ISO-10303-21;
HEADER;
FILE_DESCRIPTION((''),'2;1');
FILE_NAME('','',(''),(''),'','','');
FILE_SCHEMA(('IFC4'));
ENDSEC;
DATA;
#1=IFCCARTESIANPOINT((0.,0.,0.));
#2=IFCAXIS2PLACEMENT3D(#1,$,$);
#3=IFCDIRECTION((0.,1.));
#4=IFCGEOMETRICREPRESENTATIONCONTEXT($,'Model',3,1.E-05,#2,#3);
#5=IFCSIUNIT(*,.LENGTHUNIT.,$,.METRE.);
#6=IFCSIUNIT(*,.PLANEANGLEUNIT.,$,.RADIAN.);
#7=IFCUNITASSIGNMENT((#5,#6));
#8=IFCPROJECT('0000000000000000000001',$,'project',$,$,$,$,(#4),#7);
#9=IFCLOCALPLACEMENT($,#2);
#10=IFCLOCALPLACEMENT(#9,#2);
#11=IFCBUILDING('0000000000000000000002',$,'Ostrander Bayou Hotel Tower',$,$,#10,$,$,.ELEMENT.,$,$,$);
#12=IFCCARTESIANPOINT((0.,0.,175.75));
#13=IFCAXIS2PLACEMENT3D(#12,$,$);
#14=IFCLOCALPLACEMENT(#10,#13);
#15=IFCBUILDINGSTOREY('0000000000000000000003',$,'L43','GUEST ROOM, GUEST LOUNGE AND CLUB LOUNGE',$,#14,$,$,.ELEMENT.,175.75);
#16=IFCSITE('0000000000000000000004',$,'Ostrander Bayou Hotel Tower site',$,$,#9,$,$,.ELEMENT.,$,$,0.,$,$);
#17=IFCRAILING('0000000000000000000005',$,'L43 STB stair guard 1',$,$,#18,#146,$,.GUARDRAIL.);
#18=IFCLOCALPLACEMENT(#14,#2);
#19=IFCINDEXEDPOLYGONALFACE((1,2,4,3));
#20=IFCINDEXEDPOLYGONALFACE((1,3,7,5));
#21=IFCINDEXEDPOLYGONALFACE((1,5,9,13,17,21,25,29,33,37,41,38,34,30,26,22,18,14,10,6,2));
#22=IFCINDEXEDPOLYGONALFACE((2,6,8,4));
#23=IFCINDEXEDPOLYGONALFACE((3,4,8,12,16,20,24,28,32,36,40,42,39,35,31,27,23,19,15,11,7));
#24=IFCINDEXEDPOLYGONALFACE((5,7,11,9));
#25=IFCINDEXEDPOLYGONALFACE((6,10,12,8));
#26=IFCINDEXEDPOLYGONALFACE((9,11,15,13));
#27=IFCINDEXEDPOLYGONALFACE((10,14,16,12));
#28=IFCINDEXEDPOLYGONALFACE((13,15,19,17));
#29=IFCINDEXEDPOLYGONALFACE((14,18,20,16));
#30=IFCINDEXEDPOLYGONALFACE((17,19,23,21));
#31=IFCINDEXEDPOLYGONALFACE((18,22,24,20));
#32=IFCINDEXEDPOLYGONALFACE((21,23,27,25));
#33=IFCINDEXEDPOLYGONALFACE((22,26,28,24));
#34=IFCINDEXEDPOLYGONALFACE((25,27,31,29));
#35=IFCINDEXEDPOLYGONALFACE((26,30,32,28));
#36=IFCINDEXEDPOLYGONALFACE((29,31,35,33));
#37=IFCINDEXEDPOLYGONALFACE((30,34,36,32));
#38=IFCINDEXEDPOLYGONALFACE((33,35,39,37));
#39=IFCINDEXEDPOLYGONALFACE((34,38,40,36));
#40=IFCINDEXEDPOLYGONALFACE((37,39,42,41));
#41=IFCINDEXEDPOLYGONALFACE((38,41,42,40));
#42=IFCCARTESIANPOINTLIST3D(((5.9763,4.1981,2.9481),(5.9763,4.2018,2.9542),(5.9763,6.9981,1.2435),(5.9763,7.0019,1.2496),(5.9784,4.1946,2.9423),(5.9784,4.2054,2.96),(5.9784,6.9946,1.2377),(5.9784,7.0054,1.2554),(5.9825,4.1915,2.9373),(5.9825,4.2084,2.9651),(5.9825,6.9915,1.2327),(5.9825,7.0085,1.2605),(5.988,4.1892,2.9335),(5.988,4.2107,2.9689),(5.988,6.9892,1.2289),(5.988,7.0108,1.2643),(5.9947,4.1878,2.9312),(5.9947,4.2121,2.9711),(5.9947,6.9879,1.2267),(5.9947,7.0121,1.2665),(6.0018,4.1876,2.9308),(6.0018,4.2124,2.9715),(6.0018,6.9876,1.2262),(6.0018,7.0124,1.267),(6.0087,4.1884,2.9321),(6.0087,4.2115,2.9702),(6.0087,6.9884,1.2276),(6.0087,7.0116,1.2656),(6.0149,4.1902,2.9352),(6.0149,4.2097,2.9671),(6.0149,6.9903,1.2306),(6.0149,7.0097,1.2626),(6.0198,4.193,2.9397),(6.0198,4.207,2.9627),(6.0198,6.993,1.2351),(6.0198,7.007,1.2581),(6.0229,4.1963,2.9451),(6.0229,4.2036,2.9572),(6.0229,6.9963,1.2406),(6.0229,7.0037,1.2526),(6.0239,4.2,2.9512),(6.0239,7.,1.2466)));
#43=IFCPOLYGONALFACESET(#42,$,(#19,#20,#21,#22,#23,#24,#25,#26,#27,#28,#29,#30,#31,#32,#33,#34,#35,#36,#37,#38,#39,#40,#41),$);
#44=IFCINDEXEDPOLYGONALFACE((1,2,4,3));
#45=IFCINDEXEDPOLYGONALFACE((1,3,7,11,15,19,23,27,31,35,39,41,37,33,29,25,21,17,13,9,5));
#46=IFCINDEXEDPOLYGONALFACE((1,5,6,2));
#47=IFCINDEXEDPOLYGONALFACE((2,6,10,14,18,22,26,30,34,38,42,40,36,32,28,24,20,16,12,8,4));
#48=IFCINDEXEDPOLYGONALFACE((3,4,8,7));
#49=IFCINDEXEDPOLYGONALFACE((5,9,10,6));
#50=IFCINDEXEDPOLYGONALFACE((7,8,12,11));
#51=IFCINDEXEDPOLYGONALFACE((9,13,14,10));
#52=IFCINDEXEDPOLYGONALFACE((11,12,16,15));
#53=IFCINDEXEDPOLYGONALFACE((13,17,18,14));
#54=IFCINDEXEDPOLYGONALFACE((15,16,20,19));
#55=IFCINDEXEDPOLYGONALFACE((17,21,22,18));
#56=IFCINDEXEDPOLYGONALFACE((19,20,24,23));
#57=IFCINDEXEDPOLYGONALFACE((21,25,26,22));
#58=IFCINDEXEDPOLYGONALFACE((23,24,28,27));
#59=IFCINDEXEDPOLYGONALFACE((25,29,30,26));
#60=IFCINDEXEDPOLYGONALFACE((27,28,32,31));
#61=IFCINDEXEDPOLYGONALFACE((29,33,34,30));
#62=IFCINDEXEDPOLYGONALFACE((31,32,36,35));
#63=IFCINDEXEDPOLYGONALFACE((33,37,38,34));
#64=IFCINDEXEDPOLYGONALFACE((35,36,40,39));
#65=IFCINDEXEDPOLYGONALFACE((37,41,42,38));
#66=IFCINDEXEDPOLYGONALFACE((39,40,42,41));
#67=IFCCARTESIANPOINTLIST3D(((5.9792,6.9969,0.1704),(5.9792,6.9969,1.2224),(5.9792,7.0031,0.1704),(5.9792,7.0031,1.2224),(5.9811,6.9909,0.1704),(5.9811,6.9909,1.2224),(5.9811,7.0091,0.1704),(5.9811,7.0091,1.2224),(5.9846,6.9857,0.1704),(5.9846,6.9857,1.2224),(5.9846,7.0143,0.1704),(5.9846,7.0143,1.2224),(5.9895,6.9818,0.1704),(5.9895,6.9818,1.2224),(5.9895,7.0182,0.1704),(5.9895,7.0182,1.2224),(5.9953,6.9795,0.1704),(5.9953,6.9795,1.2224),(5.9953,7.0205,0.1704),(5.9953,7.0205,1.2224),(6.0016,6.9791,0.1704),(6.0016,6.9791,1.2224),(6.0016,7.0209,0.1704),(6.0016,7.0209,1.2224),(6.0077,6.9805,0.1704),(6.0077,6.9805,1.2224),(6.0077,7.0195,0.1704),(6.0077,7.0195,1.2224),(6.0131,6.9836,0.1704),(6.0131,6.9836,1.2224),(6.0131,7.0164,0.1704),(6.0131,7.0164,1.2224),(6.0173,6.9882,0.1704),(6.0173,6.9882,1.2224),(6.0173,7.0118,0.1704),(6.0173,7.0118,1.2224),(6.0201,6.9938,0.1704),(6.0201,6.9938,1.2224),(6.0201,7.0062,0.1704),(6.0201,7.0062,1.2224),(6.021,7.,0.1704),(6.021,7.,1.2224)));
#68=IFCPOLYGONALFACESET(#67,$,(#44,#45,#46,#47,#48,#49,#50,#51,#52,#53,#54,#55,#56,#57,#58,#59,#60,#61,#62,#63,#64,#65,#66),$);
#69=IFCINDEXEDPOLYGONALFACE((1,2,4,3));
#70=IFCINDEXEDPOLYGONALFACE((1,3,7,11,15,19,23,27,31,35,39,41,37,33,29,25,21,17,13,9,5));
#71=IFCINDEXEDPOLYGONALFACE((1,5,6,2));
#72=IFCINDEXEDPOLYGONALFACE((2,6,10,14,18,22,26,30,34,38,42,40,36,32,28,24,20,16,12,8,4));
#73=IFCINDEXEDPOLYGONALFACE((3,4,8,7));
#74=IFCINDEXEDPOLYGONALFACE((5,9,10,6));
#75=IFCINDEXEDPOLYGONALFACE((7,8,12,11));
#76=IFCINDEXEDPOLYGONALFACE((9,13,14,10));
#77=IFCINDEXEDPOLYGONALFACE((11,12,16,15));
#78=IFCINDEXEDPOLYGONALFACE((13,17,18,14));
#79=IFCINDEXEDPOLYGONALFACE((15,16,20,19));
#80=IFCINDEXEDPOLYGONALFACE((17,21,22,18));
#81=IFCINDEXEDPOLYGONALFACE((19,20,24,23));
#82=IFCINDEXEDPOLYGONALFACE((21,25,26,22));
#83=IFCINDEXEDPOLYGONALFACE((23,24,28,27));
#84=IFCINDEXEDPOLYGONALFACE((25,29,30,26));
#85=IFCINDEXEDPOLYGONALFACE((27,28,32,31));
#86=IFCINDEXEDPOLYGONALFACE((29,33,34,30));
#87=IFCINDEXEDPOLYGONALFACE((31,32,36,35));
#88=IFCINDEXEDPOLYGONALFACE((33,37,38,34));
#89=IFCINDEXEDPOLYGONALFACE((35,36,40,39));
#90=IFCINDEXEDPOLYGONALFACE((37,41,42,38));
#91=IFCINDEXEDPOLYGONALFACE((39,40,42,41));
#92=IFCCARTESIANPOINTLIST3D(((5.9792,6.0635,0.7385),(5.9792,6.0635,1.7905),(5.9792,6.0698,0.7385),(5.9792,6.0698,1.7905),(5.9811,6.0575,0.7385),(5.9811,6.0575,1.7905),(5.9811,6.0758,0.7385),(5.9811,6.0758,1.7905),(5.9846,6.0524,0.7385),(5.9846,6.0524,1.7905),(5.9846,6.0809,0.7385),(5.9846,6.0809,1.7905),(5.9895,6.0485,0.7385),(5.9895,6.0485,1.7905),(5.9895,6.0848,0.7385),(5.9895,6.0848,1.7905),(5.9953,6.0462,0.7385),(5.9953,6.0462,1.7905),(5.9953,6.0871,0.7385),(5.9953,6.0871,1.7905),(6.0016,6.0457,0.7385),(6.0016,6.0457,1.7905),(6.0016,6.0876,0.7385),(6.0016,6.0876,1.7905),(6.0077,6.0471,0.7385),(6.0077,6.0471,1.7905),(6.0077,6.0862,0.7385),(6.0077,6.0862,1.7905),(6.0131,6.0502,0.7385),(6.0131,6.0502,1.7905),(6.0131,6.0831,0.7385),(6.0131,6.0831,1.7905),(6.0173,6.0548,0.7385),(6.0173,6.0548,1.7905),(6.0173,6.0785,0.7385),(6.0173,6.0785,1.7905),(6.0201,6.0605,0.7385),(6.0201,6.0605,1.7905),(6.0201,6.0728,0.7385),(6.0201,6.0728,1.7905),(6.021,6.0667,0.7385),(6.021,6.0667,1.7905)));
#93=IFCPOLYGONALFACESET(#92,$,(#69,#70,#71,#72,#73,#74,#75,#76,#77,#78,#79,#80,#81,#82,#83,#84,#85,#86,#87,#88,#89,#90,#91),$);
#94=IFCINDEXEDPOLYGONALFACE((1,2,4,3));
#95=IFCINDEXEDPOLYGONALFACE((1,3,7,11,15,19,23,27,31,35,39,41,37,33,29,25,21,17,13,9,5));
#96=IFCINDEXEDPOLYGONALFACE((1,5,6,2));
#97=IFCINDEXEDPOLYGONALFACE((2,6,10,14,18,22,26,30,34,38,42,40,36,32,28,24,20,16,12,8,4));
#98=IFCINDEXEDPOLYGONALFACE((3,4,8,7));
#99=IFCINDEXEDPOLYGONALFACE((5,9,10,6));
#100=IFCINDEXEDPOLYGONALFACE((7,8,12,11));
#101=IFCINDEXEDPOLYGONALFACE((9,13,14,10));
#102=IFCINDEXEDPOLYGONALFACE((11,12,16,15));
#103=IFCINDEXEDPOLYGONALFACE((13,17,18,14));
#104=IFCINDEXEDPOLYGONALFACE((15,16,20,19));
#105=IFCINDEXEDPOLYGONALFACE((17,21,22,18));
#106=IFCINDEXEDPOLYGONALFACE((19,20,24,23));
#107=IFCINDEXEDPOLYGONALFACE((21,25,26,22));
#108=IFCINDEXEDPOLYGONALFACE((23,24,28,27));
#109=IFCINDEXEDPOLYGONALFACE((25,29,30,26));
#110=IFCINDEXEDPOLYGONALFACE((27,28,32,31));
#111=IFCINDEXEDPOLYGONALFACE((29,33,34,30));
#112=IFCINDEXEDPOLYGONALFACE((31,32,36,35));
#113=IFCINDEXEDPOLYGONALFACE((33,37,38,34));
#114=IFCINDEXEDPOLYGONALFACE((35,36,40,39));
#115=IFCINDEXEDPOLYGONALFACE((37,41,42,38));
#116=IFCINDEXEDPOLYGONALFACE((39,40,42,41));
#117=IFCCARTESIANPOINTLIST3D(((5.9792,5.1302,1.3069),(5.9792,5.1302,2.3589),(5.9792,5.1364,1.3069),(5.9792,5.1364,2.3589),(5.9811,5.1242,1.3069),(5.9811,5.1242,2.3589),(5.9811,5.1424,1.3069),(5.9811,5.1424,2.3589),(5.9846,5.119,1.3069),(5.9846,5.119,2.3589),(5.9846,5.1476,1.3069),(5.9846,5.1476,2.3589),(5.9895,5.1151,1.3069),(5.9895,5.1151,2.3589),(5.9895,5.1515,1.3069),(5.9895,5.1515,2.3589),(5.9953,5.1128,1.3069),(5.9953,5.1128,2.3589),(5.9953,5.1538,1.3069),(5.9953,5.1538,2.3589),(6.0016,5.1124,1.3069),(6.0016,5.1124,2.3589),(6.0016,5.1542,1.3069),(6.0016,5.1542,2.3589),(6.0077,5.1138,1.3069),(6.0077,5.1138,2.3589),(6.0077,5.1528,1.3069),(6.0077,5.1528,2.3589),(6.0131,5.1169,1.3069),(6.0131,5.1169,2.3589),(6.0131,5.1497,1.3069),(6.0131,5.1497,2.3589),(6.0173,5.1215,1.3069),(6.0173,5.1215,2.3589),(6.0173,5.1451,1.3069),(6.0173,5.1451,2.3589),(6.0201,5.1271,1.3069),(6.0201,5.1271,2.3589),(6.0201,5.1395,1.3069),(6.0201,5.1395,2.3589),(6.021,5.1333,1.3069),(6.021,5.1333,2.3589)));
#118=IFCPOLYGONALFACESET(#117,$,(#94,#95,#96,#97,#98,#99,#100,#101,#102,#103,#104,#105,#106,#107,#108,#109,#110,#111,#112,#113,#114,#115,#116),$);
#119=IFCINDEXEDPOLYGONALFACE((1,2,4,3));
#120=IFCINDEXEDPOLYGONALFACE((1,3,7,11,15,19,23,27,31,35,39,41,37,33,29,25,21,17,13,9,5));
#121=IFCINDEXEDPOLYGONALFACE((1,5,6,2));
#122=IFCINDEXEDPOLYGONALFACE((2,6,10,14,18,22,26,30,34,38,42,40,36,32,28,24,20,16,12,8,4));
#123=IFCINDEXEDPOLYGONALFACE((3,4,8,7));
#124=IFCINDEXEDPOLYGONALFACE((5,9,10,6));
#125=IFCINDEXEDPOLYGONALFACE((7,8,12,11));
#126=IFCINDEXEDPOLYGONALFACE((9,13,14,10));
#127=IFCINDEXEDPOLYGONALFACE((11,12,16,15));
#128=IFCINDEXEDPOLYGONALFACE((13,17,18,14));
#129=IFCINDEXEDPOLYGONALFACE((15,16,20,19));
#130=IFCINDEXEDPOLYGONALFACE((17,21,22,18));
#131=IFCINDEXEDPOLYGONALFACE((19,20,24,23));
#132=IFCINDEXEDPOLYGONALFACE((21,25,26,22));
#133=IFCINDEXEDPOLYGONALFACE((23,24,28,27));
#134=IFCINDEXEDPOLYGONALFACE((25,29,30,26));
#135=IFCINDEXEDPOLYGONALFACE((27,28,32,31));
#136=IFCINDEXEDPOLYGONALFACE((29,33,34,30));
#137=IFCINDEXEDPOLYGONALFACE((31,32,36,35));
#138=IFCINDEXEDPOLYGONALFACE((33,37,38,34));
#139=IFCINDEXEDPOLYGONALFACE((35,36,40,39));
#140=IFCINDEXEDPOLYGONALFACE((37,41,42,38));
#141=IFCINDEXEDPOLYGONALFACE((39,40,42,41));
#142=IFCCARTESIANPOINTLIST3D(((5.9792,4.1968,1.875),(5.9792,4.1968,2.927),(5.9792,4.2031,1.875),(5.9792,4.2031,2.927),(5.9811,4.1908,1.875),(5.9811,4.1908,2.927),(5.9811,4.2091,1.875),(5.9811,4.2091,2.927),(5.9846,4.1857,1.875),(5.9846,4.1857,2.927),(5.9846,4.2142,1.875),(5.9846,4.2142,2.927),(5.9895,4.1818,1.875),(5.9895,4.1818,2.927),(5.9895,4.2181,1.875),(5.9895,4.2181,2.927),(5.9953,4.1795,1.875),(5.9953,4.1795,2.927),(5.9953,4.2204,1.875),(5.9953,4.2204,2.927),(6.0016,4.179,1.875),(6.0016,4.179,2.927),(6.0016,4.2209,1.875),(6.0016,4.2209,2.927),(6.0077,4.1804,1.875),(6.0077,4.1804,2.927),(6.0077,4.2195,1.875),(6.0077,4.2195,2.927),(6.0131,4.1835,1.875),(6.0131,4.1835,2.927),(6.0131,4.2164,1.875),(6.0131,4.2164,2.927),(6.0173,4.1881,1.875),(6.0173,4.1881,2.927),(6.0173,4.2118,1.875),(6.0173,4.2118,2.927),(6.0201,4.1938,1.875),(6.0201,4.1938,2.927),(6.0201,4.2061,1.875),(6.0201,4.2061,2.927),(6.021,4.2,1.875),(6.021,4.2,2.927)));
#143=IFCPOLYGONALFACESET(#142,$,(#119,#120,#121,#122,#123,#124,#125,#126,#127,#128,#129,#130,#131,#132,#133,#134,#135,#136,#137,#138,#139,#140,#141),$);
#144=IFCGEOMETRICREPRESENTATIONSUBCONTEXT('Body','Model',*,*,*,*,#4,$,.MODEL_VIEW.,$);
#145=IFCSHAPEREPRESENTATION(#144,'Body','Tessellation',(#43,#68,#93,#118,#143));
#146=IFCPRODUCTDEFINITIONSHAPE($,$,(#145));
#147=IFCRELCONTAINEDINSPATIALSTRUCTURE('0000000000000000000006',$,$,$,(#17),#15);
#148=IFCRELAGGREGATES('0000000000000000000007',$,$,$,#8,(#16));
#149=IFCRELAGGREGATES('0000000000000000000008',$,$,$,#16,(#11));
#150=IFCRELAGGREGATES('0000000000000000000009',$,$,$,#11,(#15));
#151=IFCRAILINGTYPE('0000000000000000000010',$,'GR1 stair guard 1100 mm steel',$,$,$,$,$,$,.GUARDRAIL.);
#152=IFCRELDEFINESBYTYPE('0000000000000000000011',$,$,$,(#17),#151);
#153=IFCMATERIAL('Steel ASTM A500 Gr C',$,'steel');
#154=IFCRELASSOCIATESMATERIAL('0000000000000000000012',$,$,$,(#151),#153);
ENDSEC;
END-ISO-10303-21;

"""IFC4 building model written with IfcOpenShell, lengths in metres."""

from ifc_helpers import new_model, si_unit, direction, frame, origin, origin_2d, place, context, subcontext, project, spatial, circle, extrude, material, type_object, element, save


model = new_model("IFC4")

# Units and contexts
model_context = context("Model", 3, precision=1e-05, world=origin(), true_north=direction((0.0, 1.0)))
body_context = subcontext(model_context, "Body", "Model", "MODEL_VIEW")
ifc_project = project(units=[si_unit("LENGTHUNIT", "METRE"), si_unit("PLANEANGLEUNIT", "RADIAN")], contexts=[model_context])

# Site, building, storey
site_placement = place(None, origin())
site = spatial("IfcSite", under=ifc_project, at=site_placement, Name="Ostrander Bayou Hotel Tower site", CompositionType="ELEMENT", RefElevation=0.0)
building_placement = place(site_placement, origin())
building = spatial("IfcBuilding", under=site, at=building_placement, Name="Ostrander Bayou Hotel Tower", CompositionType="ELEMENT")
storey_placement = place(building_placement, frame((0.0, 0.0, 175.75)))
storey = spatial("IfcBuildingStorey", under=building, at=storey_placement, Name="L43", Description="GUEST ROOM, GUEST LOUNGE AND CLUB LOUNGE", CompositionType="ELEMENT", Elevation=175.75)

# Railing
ifc_material_1 = material(Name="Steel ASTM A500 Gr C", Category="steel")
railing_type_1 = type_object("IfcRailingType", Name="GR1 stair guard 1100 mm steel", PredefinedType="GUARDRAIL", material=ifc_material_1)
railing_1_placement = place(storey_placement, frame((6.0, 7.0, 0.1704)))
element("IfcRailing", 1, at=railing_1_placement, inside=storey, type_object=railing_type_1, Name="L43 STB stair guard 1", PredefinedType="GUARDRAIL", context=body_context, shape_type="SweptSolid", body=[
    extrude(circle(Radius=0.0239, at=origin_2d()), frame((0.0, 0.0, 1.0762), z_axis=(0.0, -0.85417, 0.519994), x_axis=(1.0, 0.0, 0.0)), (0.0, 0.0, 1.0), 3.2781),
    extrude(circle(Radius=0.021, at=origin_2d()), origin(), (0.0, 0.0, 1.0), 1.052),
    extrude(circle(Radius=0.021, at=origin_2d()), frame((0.0, -0.9333, 0.5681)), (0.0, 0.0, 1.0), 1.052),
    extrude(circle(Radius=0.021, at=origin_2d()), frame((0.0, -1.8667, 1.1365)), (0.0, 0.0, 1.0), 1.052),
    extrude(circle(Radius=0.021, at=origin_2d()), frame((0.0, -2.8, 1.7046)), (0.0, 0.0, 1.0), 1.052),
])

save(model, "model.ifc")
